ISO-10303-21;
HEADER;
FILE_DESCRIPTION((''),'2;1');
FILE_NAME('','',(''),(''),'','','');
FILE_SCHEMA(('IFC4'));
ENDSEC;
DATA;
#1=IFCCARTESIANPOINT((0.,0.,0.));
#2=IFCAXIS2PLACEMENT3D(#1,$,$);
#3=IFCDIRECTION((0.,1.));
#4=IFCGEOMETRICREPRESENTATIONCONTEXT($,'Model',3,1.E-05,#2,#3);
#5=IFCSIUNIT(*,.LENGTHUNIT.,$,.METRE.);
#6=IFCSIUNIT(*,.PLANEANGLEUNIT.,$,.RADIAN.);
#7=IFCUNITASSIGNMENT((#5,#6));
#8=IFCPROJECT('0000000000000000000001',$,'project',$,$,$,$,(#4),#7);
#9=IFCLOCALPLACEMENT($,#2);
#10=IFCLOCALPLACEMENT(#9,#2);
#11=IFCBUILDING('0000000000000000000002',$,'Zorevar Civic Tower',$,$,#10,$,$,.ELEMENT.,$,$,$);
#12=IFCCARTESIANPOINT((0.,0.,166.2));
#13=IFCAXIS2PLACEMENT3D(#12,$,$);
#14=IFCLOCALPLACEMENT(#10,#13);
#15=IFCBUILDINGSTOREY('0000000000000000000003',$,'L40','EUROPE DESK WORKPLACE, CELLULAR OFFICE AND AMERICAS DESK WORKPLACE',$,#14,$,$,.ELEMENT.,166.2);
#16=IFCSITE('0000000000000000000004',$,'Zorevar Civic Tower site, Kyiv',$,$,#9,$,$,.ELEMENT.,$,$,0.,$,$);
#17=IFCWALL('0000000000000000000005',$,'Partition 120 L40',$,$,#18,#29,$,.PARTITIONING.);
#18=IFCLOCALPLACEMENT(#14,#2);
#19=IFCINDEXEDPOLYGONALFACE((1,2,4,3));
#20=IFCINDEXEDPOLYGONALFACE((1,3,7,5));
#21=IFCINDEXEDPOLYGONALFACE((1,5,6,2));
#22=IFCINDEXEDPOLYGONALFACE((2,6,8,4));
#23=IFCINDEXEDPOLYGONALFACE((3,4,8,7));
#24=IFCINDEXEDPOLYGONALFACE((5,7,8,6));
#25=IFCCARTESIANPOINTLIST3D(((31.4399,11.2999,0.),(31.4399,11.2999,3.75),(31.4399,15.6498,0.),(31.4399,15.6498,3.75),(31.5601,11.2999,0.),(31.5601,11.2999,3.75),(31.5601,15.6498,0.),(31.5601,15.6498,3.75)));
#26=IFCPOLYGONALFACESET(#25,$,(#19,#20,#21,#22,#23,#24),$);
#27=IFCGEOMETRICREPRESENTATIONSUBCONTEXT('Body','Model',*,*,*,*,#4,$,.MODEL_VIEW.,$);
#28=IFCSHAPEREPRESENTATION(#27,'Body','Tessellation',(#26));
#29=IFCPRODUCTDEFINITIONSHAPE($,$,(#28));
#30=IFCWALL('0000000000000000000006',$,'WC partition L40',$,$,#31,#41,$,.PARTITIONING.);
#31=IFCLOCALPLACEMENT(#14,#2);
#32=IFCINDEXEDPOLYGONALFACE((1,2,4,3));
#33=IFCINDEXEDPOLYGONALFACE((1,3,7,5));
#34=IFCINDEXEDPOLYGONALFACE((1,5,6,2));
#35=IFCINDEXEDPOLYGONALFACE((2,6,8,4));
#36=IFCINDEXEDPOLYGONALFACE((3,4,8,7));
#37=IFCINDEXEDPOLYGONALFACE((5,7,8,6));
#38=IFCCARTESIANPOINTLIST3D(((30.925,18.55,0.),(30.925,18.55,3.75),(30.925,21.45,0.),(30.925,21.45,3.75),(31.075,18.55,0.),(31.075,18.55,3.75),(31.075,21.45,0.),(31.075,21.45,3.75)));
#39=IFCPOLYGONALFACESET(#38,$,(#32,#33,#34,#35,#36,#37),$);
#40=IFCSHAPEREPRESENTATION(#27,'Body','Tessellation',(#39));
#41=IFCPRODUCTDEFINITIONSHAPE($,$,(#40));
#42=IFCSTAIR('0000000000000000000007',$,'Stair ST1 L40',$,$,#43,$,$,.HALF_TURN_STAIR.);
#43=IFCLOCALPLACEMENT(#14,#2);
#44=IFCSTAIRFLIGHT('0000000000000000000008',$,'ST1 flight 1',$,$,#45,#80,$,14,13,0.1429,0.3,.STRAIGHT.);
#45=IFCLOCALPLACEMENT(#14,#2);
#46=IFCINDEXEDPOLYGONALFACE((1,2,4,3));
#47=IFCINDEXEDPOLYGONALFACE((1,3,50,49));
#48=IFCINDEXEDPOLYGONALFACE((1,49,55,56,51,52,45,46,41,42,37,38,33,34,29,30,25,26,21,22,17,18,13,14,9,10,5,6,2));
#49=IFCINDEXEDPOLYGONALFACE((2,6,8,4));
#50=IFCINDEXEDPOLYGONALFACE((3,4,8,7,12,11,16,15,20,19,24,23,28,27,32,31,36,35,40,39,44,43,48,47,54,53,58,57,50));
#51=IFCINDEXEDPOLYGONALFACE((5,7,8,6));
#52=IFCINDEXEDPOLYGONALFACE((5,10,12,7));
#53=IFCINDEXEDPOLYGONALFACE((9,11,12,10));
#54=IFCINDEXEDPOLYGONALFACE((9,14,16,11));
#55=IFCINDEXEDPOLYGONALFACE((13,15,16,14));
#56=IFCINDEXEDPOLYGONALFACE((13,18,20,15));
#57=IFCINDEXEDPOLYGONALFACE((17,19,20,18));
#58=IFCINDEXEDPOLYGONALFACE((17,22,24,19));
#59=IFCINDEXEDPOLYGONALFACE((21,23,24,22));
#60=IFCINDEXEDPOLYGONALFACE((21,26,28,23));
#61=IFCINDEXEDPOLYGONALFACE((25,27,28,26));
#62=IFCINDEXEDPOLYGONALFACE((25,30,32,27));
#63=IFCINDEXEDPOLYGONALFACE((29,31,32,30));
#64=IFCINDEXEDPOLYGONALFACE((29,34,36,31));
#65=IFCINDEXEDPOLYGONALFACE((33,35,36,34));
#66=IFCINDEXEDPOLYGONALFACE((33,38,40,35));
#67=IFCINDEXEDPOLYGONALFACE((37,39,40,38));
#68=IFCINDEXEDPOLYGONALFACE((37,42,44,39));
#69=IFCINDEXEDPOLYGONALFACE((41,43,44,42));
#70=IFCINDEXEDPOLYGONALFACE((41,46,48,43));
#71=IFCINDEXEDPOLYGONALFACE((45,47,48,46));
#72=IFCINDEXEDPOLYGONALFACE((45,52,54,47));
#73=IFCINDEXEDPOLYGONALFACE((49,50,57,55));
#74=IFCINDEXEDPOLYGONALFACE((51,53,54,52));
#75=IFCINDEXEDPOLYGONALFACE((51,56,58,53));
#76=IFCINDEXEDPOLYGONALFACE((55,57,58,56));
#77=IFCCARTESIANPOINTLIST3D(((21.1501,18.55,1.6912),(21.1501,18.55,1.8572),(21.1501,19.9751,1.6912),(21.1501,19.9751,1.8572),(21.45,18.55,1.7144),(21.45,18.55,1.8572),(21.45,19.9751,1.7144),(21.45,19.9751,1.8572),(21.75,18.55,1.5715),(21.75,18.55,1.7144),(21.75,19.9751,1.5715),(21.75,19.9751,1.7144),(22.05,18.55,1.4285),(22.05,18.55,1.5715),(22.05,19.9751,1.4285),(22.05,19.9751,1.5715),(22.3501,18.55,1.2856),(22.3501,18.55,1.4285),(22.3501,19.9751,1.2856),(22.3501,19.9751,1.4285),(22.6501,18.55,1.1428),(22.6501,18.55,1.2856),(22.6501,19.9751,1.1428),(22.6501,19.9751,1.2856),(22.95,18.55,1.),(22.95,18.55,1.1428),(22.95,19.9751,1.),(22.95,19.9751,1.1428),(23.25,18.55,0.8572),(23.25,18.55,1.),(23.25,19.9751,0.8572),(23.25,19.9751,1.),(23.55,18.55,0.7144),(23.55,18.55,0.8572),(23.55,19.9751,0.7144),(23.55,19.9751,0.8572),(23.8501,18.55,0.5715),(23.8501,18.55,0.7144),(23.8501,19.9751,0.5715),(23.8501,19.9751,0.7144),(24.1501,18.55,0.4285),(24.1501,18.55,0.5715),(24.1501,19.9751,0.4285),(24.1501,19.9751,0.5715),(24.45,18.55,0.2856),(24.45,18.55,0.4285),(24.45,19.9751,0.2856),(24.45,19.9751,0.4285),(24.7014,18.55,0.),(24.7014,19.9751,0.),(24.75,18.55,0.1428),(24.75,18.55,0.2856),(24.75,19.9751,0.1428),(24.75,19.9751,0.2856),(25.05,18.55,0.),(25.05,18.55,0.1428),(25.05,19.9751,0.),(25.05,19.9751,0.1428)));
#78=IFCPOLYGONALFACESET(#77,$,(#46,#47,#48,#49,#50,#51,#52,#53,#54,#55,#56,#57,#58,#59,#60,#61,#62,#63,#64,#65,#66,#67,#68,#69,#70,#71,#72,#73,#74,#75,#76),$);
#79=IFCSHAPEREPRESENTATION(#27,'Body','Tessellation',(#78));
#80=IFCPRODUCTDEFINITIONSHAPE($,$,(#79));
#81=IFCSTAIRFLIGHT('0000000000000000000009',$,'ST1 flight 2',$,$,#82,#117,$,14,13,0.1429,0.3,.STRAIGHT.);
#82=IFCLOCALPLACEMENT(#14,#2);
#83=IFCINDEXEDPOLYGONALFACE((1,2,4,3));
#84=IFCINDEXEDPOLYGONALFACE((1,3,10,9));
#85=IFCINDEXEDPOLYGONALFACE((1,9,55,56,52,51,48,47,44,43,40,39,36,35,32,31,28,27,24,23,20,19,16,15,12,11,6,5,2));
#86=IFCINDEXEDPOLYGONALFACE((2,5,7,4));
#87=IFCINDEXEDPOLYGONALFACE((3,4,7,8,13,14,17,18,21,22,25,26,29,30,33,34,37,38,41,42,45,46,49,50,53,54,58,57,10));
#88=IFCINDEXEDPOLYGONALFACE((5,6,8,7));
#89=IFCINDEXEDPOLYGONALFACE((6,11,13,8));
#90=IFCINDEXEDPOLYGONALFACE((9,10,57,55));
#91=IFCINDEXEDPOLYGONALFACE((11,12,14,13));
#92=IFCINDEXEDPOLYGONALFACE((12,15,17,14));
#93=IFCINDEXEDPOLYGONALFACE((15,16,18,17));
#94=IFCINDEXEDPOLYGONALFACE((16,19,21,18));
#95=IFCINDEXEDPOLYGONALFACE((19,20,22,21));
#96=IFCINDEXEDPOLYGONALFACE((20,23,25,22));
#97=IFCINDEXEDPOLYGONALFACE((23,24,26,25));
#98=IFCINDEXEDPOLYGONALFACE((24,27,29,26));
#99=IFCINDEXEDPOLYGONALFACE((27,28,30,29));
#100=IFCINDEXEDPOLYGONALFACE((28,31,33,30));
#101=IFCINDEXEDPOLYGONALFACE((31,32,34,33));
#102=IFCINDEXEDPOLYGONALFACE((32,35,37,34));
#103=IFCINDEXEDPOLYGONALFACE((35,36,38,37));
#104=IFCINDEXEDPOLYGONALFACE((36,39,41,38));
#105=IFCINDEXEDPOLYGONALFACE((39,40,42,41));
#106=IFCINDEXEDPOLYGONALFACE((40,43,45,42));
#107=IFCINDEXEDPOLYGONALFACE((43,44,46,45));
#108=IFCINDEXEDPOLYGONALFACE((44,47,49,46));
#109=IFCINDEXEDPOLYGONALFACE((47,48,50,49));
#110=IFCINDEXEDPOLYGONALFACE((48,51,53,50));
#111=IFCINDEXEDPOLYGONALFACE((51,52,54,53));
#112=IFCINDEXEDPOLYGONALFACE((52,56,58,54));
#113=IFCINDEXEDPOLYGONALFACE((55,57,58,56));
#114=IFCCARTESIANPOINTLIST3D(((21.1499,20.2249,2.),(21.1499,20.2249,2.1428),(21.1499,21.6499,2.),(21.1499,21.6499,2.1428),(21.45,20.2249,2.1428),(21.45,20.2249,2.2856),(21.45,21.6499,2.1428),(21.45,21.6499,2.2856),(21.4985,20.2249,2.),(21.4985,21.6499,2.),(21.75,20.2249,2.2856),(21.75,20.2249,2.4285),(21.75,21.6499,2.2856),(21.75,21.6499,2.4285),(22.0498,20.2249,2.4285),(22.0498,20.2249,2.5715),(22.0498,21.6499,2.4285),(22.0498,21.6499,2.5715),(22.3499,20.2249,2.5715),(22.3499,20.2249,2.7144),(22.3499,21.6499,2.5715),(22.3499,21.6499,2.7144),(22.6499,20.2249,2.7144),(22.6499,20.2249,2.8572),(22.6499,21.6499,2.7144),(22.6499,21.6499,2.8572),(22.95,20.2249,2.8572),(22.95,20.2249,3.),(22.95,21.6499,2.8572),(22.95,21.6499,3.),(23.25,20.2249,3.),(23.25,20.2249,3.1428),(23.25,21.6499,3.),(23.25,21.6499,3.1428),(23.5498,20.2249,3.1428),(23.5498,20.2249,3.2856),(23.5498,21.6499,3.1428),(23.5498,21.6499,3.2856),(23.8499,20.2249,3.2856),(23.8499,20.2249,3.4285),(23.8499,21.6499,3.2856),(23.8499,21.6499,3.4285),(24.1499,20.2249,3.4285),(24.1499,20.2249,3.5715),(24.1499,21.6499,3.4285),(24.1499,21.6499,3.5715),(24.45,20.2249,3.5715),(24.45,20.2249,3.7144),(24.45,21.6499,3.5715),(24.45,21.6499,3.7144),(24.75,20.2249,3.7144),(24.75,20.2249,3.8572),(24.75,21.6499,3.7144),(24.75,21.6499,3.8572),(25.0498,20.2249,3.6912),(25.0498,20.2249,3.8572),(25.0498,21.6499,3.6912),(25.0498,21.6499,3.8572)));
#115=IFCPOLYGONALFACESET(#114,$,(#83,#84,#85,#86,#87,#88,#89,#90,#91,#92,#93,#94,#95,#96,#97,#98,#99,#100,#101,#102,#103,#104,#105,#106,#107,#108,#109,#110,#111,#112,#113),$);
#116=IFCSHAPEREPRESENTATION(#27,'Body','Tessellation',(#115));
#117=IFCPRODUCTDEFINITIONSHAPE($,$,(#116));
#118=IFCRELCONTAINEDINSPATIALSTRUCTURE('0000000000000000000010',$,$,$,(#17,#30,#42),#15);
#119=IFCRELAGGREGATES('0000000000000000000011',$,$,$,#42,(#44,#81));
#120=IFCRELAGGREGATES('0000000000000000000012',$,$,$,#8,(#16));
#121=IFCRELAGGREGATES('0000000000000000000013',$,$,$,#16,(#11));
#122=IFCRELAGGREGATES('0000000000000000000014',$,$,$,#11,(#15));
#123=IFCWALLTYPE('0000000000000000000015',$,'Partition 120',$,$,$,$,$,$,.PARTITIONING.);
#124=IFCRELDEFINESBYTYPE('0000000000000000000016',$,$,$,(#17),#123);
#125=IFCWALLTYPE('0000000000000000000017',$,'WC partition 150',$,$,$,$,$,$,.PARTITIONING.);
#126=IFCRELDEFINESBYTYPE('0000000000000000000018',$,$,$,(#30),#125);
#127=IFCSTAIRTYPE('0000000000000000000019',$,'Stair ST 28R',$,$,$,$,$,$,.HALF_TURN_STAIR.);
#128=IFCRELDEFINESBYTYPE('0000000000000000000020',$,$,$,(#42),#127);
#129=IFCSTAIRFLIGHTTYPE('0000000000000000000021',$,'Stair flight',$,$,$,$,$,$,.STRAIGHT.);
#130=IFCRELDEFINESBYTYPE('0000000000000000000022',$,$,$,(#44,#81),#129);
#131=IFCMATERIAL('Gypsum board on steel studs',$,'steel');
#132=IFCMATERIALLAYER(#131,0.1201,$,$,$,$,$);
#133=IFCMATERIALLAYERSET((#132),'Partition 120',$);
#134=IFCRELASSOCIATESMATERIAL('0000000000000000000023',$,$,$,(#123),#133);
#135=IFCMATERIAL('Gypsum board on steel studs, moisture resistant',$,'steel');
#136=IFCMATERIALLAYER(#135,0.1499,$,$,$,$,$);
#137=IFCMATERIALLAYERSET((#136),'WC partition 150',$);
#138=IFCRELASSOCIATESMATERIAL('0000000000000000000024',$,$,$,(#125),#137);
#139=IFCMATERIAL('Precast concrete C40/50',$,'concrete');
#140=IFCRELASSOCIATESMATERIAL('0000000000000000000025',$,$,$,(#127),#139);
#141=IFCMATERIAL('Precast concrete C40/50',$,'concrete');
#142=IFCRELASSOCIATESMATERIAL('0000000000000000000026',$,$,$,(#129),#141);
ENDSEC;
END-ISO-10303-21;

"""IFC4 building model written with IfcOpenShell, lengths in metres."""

from ifc_helpers import new_model, si_unit, direction, frame, frame_2d, origin, place, context, subcontext, project, spatial, polyline, rectangle, outline, extrude, material, layer, layer_set, type_object, element, aggregate, save


model = new_model("IFC4")

# Units and contexts
model_context = context("Model", 3, precision=1e-05, world=origin(), true_north=direction((0.0, 1.0)))
body_context = subcontext(model_context, "Body", "Model", "MODEL_VIEW")
ifc_project = project(units=[si_unit("LENGTHUNIT", "METRE"), si_unit("PLANEANGLEUNIT", "RADIAN")], contexts=[model_context])

# Site, building, storey
site_placement = place(None, origin())
site = spatial("IfcSite", under=ifc_project, at=site_placement, Name="Zorevar Civic Tower site, Kyiv", CompositionType="ELEMENT", RefElevation=0.0)
building_placement = place(site_placement, origin())
building = spatial("IfcBuilding", under=site, at=building_placement, Name="Zorevar Civic Tower", CompositionType="ELEMENT")
storey_placement = place(building_placement, frame((0.0, 0.0, 166.2)))
storey = spatial("IfcBuildingStorey", under=building, at=storey_placement, Name="L40", Description="EUROPE DESK WORKPLACE, CELLULAR OFFICE AND AMERICAS DESK WORKPLACE", CompositionType="ELEMENT", Elevation=166.2)

# Shared definitions
ifc_material_1 = material(Name="Gypsum board on steel studs", Category="steel")
ifc_layer_1 = layer(ifc_material_1, 0.1201)
ifc_layer_set_1 = layer_set([ifc_layer_1], Name="Partition 120")
wall_type_1 = type_object("IfcWallType", Name="Partition 120", PredefinedType="PARTITIONING", material=ifc_layer_set_1)

# Walls
wall_1_placement = place(storey_placement, frame((31.5, 11.3, 0.0), z_axis=(0.0, 0.0, 1.0), x_axis=(0.0, 1.0, 0.0)))
element("IfcWall", 1, at=wall_1_placement, inside=storey, type_object=wall_type_1, Name="Partition 120 L40", PredefinedType="PARTITIONING", context=body_context, shape_type="SweptSolid", body=[
    extrude(rectangle(XDim=4.3499, YDim=0.1201, at=frame_2d((2.1748, 0.0))), origin(), (0.0, 0.0, 1.0), 3.75),
])
ifc_material_2 = material(Name="Gypsum board on steel studs, moisture resistant", Category="steel")
ifc_layer_2 = layer(ifc_material_2, 0.1499)
ifc_layer_set_2 = layer_set([ifc_layer_2], Name="WC partition 150")
wall_type_2 = type_object("IfcWallType", Name="WC partition 150", PredefinedType="PARTITIONING", material=ifc_layer_set_2)
wall_2_placement = place(storey_placement, frame((31.0, 18.55, 0.0), z_axis=(0.0, 0.0, 1.0), x_axis=(0.0, 1.0, 0.0)))
element("IfcWall", 2, at=wall_2_placement, inside=storey, type_object=wall_type_2, Name="WC partition L40", PredefinedType="PARTITIONING", context=body_context, shape_type="SweptSolid", body=[
    extrude(rectangle(XDim=2.8999, YDim=0.1499, at=frame_2d((1.45, 0.0))), origin(), (0.0, 0.0, 1.0), 3.75),
])

# Stair, stair flights
ifc_material_3 = material(Name="Precast concrete C40/50", Category="concrete")
stair_type = type_object("IfcStairType", Name="Stair ST 28R", PredefinedType="HALF_TURN_STAIR", material=ifc_material_3)
stair_placement = place(storey_placement, origin())
stair = element("IfcStair", 3, at=stair_placement, inside=storey, type_object=stair_type, Name="Stair ST1 L40", PredefinedType="HALF_TURN_STAIR")
ifc_material_4 = material(Name="Precast concrete C40/50", Category="concrete")
stair_flight_type = type_object("IfcStairFlightType", Name="Stair flight", PredefinedType="STRAIGHT", material=ifc_material_4)
stair_flight_1_placement = place(storey_placement, frame((25.05, 19.2625, 0.0), z_axis=(0.0, 0.0, 1.0), x_axis=(-1.0, 0.0, 0.0)))
stair_flight_1 = element("IfcStairFlight", 4, at=stair_flight_1_placement, type_object=stair_flight_type, Name="ST1 flight 1", NumberOfRisers=14, NumberOfTreads=13, PredefinedType="STRAIGHT", RiserHeight=0.1429, TreadLength=0.3, context=body_context, shape_type="SweptSolid", body=[
    extrude(outline(polyline([(0.0, 0.0), (0.0, 0.1428), (0.3, 0.1428), (0.3, 0.2856), (0.6001, 0.2856), (0.6001, 0.4285), (0.8999, 0.4285), (0.8999, 0.5715), (1.2, 0.5715), (1.2, 0.7144), (1.5, 0.7144), (1.5, 0.8572), (1.8, 0.8572), (1.8, 1.0), (2.1001, 1.0), (2.1001, 1.1428), (2.3999, 1.1428), (2.3999, 1.2856), (2.7, 1.2856), (2.7, 1.4285), (3.0, 1.4285), (3.0, 1.5715), (3.3, 1.5715), (3.3, 1.7144), (3.6001, 1.7144), (3.6001, 1.8572), (3.8999, 1.8572), (3.8999, 2.0), (3.8999, 1.6912), (0.3486, 0.0), (0.0, 0.0)])), frame((0.0, 0.7124, 0.0), z_axis=(0.0, -1.0, 0.0), x_axis=(1.0, 0.0, 0.0)), (0.0, 0.0, 1.0), 1.425),
])
stair_flight_2_placement = place(storey_placement, frame((21.1499, 20.9375, 2.0), z_axis=(0.0, 0.0, 1.0), x_axis=(1.0, 0.0, 0.0)))
stair_flight_2 = element("IfcStairFlight", 5, at=stair_flight_2_placement, type_object=stair_flight_type, Name="ST1 flight 2", NumberOfRisers=14, NumberOfTreads=13, PredefinedType="STRAIGHT", RiserHeight=0.1429, TreadLength=0.3, context=body_context, shape_type="SweptSolid", body=[
    extrude(outline(polyline([(0.0, 0.0), (0.0, 0.1428), (0.3, 0.1428), (0.3, 0.2856), (0.6001, 0.2856), (0.6001, 0.4285), (0.8999, 0.4285), (0.8999, 0.5715), (1.2, 0.5715), (1.2, 0.7144), (1.5, 0.7144), (1.5, 0.8572), (1.8, 0.8572), (1.8, 1.0), (2.1001, 1.0), (2.1001, 1.1428), (2.3999, 1.1428), (2.3999, 1.2856), (2.7, 1.2856), (2.7, 1.4285), (3.0, 1.4285), (3.0, 1.5715), (3.3, 1.5715), (3.3, 1.7144), (3.6001, 1.7144), (3.6001, 1.8572), (3.8999, 1.8572), (3.8999, 2.0), (3.8999, 1.6912), (0.3486, 0.0), (0.0, 0.0)])), frame((0.0, 0.7124, 0.0), z_axis=(0.0, -1.0, 0.0), x_axis=(1.0, 0.0, 0.0)), (0.0, 0.0, 1.0), 1.425),
])
aggregate(stair, [stair_flight_1, stair_flight_2])

save(model, "model.ifc")
